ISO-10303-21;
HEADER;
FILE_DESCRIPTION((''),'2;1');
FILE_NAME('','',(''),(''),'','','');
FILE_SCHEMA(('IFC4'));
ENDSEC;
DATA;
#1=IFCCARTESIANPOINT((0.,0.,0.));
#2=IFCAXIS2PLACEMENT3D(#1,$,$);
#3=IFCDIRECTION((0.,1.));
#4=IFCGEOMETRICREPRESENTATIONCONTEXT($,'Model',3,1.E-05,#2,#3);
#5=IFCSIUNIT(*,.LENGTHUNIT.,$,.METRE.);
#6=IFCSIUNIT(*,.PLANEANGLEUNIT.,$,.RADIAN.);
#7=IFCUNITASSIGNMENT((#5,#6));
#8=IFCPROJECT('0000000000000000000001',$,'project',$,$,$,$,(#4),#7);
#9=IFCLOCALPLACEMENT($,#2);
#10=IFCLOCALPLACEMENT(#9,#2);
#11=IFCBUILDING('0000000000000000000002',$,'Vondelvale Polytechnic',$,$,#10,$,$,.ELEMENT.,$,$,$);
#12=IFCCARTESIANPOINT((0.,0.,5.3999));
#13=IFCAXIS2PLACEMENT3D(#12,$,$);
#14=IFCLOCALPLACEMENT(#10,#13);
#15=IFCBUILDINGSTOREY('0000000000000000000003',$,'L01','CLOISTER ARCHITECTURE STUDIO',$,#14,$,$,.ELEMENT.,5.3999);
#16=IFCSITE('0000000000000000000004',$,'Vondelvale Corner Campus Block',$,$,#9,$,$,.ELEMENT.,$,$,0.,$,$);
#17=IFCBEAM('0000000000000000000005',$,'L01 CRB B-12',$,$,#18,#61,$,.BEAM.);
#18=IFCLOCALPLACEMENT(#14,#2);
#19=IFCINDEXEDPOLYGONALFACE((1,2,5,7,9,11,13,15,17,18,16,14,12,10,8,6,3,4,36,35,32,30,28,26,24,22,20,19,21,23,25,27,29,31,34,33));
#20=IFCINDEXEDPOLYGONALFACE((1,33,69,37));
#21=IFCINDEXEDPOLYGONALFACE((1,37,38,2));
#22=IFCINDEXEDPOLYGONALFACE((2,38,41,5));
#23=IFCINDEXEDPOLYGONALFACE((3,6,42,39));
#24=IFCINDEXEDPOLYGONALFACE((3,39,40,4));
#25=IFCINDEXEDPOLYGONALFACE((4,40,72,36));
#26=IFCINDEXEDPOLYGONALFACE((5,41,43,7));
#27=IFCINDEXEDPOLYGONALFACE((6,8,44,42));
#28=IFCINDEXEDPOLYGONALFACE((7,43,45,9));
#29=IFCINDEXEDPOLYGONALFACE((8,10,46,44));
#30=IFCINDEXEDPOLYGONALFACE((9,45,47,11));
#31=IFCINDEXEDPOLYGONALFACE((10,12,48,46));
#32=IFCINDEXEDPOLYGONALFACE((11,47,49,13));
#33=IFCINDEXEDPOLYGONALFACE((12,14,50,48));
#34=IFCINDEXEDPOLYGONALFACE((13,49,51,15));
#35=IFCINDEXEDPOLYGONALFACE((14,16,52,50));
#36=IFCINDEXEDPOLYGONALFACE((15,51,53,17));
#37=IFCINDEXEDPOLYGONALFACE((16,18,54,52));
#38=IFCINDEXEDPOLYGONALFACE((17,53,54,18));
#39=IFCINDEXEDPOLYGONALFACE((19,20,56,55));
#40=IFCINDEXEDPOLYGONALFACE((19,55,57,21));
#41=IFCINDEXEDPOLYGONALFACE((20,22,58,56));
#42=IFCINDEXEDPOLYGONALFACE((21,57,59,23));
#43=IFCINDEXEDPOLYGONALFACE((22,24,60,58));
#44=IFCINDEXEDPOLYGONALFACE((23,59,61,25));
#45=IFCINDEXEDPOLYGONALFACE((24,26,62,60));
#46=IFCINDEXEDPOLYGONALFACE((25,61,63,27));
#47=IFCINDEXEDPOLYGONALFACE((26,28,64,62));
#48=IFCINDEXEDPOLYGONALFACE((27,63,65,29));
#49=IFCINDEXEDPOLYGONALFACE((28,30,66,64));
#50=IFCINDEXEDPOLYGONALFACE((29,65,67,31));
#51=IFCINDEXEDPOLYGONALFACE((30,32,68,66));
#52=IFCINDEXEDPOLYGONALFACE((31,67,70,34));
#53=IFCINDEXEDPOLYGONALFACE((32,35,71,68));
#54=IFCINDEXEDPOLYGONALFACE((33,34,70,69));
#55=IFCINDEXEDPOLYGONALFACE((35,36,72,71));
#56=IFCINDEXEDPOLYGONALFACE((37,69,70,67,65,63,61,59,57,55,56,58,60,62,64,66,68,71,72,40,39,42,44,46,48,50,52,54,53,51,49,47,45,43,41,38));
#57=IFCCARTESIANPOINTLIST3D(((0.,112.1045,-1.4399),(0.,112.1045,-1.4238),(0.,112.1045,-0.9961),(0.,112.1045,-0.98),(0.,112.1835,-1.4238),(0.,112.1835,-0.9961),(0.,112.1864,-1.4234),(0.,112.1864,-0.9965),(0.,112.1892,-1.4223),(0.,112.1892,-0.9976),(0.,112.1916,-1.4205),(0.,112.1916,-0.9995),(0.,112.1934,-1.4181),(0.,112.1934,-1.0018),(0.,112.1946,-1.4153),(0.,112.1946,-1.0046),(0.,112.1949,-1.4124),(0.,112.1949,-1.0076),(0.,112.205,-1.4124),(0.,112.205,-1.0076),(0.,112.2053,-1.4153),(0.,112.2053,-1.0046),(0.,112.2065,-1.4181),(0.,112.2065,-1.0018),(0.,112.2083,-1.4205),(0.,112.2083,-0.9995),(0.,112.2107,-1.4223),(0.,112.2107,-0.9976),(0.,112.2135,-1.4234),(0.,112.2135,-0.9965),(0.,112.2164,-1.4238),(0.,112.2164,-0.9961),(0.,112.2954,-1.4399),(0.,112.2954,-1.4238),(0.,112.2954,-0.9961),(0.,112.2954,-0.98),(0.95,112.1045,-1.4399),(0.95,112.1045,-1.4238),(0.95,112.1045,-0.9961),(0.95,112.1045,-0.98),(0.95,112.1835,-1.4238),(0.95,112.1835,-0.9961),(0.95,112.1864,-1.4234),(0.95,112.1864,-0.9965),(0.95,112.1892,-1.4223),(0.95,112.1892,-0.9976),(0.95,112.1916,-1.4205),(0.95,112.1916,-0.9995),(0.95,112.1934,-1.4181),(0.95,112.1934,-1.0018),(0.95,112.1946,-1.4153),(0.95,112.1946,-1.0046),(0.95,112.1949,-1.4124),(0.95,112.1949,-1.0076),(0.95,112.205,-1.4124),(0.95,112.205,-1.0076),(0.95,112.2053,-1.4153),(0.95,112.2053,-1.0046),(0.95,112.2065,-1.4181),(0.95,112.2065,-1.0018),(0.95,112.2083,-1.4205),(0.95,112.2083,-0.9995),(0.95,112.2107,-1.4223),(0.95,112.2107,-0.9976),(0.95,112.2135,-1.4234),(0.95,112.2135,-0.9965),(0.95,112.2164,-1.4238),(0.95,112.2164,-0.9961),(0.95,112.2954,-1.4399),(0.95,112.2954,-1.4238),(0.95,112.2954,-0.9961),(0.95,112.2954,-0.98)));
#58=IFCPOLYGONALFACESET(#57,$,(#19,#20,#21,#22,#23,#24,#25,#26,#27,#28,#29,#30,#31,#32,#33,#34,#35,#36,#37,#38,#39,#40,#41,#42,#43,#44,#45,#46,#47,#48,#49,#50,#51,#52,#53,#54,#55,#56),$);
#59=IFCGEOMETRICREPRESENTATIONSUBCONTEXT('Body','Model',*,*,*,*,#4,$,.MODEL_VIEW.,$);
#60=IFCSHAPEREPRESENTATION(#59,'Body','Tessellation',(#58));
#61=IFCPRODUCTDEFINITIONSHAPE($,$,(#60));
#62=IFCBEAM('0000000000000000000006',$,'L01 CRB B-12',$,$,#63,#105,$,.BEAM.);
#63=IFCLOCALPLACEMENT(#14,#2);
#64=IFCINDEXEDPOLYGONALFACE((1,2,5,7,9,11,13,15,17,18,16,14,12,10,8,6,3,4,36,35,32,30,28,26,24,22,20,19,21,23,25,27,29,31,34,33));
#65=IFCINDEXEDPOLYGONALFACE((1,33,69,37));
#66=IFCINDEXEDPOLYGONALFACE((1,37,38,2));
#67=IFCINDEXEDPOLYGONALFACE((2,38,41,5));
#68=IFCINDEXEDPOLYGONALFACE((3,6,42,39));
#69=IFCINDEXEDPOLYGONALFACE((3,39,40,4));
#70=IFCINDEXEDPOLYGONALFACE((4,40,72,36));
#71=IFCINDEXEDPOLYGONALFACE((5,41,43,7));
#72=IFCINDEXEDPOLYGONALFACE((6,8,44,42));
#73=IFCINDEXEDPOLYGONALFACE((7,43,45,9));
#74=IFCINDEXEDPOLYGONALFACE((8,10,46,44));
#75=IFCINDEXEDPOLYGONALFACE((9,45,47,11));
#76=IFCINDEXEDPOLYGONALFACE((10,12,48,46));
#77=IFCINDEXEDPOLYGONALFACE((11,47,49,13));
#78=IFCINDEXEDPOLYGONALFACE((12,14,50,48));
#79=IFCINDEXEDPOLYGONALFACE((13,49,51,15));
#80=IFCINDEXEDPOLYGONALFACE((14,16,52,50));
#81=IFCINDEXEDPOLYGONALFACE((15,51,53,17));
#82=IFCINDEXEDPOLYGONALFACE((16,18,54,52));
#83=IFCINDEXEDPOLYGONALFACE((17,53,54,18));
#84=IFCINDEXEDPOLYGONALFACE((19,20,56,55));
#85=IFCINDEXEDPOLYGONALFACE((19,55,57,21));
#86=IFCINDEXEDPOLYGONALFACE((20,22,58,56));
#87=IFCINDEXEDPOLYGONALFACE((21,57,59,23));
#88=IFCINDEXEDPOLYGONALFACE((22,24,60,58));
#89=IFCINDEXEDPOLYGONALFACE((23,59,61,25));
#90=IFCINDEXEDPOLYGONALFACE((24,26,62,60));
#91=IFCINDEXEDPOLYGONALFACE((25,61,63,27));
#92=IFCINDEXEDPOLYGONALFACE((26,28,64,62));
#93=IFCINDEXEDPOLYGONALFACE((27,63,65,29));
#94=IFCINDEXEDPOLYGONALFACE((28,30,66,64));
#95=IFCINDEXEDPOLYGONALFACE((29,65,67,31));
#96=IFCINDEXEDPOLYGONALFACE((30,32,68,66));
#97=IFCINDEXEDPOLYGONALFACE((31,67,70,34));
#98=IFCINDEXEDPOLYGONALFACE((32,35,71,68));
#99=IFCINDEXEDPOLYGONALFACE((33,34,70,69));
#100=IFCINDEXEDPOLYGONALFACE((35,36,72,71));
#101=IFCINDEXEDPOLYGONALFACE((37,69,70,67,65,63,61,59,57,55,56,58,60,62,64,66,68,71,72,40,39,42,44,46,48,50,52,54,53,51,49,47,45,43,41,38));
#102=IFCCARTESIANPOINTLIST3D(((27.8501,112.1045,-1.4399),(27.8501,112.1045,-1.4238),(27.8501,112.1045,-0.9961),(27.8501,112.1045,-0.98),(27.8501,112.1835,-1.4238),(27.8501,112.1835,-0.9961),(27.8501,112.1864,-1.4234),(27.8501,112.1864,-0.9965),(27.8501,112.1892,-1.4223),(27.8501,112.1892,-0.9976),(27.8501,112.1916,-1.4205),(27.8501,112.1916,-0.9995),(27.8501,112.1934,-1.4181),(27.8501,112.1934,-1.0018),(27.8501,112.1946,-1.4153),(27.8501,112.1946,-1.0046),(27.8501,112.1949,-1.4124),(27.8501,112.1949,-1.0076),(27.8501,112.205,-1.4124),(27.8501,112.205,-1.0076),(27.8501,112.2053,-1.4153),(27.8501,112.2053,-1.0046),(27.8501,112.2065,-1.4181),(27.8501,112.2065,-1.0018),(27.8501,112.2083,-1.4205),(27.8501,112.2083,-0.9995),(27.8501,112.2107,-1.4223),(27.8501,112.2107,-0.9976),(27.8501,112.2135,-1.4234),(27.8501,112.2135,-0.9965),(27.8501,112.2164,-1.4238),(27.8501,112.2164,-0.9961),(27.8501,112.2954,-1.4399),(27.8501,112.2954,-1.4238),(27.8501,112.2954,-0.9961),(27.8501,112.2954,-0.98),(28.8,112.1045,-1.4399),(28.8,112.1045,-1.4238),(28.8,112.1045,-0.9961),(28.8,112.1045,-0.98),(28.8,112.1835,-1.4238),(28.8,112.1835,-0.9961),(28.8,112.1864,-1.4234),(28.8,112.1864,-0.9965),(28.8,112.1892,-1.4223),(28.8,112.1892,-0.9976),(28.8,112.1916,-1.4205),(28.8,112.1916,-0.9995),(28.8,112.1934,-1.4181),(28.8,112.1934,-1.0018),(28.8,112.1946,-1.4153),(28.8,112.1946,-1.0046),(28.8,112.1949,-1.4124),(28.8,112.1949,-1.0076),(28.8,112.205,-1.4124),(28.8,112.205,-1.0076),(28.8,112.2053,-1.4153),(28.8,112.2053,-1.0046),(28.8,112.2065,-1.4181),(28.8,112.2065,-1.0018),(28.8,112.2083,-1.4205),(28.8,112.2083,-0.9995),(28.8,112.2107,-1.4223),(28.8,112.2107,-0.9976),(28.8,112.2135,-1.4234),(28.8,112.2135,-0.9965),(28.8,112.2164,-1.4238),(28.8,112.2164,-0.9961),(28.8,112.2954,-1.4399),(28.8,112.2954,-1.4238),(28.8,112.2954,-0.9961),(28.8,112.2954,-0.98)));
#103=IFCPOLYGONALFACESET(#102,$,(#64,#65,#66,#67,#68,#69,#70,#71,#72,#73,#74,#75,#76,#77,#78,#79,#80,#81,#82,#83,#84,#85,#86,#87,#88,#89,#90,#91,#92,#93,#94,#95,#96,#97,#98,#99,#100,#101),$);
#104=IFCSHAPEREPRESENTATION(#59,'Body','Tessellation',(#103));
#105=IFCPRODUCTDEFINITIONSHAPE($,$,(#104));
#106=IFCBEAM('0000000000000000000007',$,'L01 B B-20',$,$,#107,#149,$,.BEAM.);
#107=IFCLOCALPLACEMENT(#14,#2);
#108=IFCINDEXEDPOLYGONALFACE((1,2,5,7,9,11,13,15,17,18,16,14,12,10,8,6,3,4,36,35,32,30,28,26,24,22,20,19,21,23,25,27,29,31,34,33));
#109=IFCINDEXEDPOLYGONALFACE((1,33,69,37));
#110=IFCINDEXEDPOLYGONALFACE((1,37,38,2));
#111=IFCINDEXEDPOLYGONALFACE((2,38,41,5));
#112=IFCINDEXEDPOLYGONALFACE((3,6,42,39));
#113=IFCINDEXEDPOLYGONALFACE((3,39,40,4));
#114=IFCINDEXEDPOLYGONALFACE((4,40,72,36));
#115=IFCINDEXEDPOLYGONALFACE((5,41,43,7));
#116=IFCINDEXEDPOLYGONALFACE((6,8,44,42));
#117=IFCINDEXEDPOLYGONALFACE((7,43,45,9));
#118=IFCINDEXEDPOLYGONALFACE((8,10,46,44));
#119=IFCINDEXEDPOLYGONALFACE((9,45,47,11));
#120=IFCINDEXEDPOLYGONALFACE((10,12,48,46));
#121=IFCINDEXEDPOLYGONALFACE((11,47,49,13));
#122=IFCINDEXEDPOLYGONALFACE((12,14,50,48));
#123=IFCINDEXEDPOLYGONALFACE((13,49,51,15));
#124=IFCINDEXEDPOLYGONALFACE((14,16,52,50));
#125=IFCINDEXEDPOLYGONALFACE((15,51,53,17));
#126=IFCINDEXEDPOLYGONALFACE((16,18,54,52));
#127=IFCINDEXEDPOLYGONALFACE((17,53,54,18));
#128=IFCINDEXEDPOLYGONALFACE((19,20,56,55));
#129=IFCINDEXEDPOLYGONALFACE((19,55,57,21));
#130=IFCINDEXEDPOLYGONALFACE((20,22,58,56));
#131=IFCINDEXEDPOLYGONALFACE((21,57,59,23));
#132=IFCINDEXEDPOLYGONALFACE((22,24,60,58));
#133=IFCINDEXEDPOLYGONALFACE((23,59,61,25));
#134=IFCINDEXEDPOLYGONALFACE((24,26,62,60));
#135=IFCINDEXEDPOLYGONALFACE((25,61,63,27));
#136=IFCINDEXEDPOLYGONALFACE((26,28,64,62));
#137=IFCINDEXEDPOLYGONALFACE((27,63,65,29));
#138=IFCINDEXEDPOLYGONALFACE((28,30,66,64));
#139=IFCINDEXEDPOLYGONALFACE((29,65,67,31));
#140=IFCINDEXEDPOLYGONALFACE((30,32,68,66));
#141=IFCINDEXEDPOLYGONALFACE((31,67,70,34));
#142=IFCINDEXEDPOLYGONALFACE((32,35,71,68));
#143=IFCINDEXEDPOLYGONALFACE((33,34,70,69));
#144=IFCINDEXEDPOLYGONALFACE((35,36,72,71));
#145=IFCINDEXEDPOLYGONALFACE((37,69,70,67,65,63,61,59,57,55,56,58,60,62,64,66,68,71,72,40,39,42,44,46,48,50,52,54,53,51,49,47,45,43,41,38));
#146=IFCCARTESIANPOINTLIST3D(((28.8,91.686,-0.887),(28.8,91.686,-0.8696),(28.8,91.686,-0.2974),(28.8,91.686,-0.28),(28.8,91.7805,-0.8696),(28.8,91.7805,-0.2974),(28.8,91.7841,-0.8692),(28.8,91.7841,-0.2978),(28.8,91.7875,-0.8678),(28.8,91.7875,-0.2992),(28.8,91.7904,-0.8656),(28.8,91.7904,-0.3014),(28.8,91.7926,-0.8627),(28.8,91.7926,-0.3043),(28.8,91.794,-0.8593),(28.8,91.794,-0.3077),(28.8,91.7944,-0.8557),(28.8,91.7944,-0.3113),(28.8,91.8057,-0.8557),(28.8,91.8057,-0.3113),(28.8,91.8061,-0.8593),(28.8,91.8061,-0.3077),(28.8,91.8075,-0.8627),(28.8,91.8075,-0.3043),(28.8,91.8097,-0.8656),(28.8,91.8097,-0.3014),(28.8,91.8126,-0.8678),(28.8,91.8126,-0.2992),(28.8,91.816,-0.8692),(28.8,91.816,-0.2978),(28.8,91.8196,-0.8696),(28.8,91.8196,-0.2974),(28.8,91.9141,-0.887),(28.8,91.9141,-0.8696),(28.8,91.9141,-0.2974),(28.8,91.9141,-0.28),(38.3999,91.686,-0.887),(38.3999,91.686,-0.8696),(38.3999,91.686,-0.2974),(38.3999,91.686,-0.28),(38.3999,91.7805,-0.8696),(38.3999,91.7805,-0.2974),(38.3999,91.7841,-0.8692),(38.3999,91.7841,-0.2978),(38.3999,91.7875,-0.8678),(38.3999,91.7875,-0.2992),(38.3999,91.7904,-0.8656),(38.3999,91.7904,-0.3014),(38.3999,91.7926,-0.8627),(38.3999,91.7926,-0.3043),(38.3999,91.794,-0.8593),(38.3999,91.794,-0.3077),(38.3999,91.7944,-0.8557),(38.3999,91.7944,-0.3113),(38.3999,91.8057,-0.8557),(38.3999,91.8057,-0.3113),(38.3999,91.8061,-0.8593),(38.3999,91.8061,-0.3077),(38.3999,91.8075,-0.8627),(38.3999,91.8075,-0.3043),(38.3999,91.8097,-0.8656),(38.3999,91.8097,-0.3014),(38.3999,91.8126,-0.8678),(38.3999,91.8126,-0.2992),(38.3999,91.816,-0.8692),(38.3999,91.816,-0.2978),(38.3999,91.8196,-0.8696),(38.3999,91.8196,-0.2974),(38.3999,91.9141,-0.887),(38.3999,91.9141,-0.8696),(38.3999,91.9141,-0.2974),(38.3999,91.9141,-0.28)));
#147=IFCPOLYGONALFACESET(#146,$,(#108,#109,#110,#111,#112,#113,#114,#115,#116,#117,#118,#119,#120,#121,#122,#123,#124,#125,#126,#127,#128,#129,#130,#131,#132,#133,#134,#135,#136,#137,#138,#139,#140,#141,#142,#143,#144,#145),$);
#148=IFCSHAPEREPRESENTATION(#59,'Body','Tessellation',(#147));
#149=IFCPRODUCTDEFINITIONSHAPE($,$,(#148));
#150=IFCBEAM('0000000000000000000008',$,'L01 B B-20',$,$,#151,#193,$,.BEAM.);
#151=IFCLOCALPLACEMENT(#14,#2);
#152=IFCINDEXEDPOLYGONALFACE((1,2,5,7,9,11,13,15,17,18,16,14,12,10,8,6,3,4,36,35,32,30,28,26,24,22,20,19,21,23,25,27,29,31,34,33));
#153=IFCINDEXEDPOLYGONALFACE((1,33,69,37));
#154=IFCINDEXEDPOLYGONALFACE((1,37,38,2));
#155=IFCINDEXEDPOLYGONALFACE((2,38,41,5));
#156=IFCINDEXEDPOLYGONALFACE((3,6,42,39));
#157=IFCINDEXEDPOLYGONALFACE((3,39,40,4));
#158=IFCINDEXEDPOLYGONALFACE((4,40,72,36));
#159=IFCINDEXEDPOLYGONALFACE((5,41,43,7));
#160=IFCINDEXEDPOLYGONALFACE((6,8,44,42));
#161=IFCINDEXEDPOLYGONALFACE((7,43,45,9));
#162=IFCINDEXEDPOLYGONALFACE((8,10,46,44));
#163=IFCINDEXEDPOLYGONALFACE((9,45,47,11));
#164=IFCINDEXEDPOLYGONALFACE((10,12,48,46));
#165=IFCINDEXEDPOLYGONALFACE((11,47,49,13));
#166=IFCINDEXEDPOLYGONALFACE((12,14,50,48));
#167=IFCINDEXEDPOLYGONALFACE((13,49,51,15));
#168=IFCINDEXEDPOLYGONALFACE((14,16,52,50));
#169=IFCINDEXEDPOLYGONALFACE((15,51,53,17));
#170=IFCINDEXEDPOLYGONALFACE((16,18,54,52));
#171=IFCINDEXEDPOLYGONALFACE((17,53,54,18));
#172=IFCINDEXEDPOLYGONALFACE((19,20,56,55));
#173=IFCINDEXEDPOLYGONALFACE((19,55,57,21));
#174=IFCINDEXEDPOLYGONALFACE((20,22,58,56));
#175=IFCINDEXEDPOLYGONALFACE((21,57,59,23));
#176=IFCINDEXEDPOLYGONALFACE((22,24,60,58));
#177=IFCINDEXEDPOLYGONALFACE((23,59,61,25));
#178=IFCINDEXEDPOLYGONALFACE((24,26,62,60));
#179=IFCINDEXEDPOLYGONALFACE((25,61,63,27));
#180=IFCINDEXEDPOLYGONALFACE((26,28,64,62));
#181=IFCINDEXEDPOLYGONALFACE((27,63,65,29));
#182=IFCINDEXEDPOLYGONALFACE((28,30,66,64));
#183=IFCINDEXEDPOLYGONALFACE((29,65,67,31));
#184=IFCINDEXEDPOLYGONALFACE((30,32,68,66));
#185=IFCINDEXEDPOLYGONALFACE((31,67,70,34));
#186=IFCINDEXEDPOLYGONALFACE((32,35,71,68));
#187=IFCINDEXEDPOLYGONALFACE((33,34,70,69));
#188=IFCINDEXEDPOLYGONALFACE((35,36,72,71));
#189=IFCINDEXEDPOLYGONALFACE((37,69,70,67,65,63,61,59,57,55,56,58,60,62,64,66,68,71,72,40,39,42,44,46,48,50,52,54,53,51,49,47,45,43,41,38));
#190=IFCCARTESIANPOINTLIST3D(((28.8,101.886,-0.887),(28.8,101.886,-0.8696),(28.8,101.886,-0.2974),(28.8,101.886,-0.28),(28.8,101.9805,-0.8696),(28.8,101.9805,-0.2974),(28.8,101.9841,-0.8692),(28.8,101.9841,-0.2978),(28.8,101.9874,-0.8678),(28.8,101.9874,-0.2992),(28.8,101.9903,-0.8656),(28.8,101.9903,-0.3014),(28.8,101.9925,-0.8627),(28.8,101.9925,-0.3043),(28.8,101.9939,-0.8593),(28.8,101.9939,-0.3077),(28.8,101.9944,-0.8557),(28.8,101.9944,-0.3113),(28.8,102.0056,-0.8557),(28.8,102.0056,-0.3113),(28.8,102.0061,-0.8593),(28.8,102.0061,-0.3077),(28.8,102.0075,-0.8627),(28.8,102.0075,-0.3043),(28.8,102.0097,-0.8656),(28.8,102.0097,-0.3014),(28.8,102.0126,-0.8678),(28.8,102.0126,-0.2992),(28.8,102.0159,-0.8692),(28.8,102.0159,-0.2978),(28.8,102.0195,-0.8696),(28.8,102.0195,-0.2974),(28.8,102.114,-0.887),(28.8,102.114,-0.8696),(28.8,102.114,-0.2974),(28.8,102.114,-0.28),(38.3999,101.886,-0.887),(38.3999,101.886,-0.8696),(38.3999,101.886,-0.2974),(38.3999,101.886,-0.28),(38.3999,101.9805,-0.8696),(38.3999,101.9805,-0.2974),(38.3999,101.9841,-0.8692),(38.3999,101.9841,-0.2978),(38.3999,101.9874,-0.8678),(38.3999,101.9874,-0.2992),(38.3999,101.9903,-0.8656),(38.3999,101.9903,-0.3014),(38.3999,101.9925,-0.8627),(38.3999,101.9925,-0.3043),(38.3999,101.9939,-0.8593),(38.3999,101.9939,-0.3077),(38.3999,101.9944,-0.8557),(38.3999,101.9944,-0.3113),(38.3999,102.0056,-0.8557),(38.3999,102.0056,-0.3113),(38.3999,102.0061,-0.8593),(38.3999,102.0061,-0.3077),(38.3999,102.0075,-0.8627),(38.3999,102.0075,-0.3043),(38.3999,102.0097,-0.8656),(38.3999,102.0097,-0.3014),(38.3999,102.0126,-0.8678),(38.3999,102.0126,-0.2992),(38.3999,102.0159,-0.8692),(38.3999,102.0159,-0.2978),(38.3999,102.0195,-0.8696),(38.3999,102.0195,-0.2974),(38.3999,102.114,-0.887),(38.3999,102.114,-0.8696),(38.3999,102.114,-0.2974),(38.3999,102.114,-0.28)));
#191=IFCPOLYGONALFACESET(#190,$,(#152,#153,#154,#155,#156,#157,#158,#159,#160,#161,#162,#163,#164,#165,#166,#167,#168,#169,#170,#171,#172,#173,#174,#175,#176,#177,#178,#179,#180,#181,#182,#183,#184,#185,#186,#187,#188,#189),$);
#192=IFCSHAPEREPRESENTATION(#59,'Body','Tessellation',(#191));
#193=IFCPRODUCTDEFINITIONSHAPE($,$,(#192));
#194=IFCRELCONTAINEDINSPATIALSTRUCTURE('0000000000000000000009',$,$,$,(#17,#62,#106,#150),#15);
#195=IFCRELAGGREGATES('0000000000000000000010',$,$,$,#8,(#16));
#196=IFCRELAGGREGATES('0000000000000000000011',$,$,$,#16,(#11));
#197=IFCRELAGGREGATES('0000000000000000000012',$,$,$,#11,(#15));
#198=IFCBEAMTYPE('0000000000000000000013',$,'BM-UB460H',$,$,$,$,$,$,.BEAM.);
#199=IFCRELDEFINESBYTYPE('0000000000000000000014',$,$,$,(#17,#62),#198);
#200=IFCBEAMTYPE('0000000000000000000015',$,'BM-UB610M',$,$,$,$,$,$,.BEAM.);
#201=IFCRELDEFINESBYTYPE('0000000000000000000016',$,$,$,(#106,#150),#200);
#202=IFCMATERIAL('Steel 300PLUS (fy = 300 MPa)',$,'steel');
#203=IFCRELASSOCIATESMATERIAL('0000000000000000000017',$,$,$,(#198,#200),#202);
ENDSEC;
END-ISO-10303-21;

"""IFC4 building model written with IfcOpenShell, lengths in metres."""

from ifc_helpers import new_model, si_unit, direction, frame, origin, origin_2d, place, context, subcontext, project, spatial, i_section, extrude, material, material_profile, profile_set, type_object, element, save


model = new_model("IFC4")

# Units and contexts
model_context = context("Model", 3, precision=1e-05, world=origin(), true_north=direction((0.0, 1.0)))
body_context = subcontext(model_context, "Body", "Model", "MODEL_VIEW")
ifc_project = project(units=[si_unit("LENGTHUNIT", "METRE"), si_unit("PLANEANGLEUNIT", "RADIAN")], contexts=[model_context])

# Site, building, storey
site_placement = place(None, origin())
site = spatial("IfcSite", under=ifc_project, at=site_placement, Name="Vondelvale Corner Campus Block", CompositionType="ELEMENT", RefElevation=0.0)
building_placement = place(site_placement, origin())
building = spatial("IfcBuilding", under=site, at=building_placement, Name="Vondelvale Polytechnic", CompositionType="ELEMENT")
storey_placement = place(building_placement, frame((0.0, 0.0, 5.3999)))
storey = spatial("IfcBuildingStorey", under=building, at=storey_placement, Name="L01", Description="CLOISTER ARCHITECTURE STUDIO", CompositionType="ELEMENT", Elevation=5.3999)

# Shared definitions
ifc_material_1 = material(Name="Steel 300PLUS (fy = 300 MPa)", Category="steel")

# Beams
ifc_material_profile_1 = material_profile(ifc_material_1, i_section(OverallWidth=0.1909, OverallDepth=0.46, WebThickness=0.01, FlangeThickness=0.0161, FilletRadius=0.0115, at=origin_2d()), Name="460UB82.1")
ifc_profile_set_1 = profile_set([ifc_material_profile_1], Name="Steel 300PLUS (fy = 300 MPa)")
beam_type_1 = type_object("IfcBeamType", Name="BM-UB460H", PredefinedType="BEAM", material=ifc_profile_set_1)
for number, where, z_axis, x_axis, name in (
    (1, (0.0, 112.2, -1.21), (1.0, 0.0, 0.0), (0.0, 1.0, 0.0), "L01 CRB B-12"),
    (2, (27.8501, 112.2, -1.21), (1.0, 0.0, 0.0), (0.0, 1.0, 0.0), "L01 CRB B-12"),
):
    element("IfcBeam", number, at=place(storey_placement, frame(where, z_axis=z_axis, x_axis=x_axis)), inside=storey, type_object=beam_type_1, Name=name, PredefinedType="BEAM", context=body_context, shape_type="SweptSolid", body=[
        extrude(i_section(OverallWidth=0.1909, OverallDepth=0.46, WebThickness=0.01, FlangeThickness=0.0161, FilletRadius=0.0115, at=origin_2d()), origin(), (0.0, 0.0, 1.0), 0.95),
    ])
ifc_material_profile_2 = material_profile(ifc_material_1, i_section(OverallWidth=0.228, OverallDepth=0.6069, WebThickness=0.0112, FlangeThickness=0.0173, FilletRadius=0.0139, at=origin_2d()), Name="610UB113")
ifc_profile_set_2 = profile_set([ifc_material_profile_2], Name="Steel 300PLUS (fy = 300 MPa)")
beam_type_2 = type_object("IfcBeamType", Name="BM-UB610M", PredefinedType="BEAM", material=ifc_profile_set_2)
for number, where, z_axis, x_axis, name in (
    (3, (28.8, 91.8, -0.5835), (1.0, 0.0, 0.0), (0.0, 1.0, 0.0), "L01 B B-20"),
    (4, (28.8, 102.0, -0.5835), (1.0, 0.0, 0.0), (0.0, 1.0, 0.0), "L01 B B-20"),
):
    element("IfcBeam", number, at=place(storey_placement, frame(where, z_axis=z_axis, x_axis=x_axis)), inside=storey, type_object=beam_type_2, Name=name, PredefinedType="BEAM", context=body_context, shape_type="SweptSolid", body=[
        extrude(i_section(OverallWidth=0.228, OverallDepth=0.6069, WebThickness=0.0112, FlangeThickness=0.0173, FilletRadius=0.0139, at=origin_2d()), origin(), (0.0, 0.0, 1.0), 9.5999),
    ])

save(model, "model.ifc")
